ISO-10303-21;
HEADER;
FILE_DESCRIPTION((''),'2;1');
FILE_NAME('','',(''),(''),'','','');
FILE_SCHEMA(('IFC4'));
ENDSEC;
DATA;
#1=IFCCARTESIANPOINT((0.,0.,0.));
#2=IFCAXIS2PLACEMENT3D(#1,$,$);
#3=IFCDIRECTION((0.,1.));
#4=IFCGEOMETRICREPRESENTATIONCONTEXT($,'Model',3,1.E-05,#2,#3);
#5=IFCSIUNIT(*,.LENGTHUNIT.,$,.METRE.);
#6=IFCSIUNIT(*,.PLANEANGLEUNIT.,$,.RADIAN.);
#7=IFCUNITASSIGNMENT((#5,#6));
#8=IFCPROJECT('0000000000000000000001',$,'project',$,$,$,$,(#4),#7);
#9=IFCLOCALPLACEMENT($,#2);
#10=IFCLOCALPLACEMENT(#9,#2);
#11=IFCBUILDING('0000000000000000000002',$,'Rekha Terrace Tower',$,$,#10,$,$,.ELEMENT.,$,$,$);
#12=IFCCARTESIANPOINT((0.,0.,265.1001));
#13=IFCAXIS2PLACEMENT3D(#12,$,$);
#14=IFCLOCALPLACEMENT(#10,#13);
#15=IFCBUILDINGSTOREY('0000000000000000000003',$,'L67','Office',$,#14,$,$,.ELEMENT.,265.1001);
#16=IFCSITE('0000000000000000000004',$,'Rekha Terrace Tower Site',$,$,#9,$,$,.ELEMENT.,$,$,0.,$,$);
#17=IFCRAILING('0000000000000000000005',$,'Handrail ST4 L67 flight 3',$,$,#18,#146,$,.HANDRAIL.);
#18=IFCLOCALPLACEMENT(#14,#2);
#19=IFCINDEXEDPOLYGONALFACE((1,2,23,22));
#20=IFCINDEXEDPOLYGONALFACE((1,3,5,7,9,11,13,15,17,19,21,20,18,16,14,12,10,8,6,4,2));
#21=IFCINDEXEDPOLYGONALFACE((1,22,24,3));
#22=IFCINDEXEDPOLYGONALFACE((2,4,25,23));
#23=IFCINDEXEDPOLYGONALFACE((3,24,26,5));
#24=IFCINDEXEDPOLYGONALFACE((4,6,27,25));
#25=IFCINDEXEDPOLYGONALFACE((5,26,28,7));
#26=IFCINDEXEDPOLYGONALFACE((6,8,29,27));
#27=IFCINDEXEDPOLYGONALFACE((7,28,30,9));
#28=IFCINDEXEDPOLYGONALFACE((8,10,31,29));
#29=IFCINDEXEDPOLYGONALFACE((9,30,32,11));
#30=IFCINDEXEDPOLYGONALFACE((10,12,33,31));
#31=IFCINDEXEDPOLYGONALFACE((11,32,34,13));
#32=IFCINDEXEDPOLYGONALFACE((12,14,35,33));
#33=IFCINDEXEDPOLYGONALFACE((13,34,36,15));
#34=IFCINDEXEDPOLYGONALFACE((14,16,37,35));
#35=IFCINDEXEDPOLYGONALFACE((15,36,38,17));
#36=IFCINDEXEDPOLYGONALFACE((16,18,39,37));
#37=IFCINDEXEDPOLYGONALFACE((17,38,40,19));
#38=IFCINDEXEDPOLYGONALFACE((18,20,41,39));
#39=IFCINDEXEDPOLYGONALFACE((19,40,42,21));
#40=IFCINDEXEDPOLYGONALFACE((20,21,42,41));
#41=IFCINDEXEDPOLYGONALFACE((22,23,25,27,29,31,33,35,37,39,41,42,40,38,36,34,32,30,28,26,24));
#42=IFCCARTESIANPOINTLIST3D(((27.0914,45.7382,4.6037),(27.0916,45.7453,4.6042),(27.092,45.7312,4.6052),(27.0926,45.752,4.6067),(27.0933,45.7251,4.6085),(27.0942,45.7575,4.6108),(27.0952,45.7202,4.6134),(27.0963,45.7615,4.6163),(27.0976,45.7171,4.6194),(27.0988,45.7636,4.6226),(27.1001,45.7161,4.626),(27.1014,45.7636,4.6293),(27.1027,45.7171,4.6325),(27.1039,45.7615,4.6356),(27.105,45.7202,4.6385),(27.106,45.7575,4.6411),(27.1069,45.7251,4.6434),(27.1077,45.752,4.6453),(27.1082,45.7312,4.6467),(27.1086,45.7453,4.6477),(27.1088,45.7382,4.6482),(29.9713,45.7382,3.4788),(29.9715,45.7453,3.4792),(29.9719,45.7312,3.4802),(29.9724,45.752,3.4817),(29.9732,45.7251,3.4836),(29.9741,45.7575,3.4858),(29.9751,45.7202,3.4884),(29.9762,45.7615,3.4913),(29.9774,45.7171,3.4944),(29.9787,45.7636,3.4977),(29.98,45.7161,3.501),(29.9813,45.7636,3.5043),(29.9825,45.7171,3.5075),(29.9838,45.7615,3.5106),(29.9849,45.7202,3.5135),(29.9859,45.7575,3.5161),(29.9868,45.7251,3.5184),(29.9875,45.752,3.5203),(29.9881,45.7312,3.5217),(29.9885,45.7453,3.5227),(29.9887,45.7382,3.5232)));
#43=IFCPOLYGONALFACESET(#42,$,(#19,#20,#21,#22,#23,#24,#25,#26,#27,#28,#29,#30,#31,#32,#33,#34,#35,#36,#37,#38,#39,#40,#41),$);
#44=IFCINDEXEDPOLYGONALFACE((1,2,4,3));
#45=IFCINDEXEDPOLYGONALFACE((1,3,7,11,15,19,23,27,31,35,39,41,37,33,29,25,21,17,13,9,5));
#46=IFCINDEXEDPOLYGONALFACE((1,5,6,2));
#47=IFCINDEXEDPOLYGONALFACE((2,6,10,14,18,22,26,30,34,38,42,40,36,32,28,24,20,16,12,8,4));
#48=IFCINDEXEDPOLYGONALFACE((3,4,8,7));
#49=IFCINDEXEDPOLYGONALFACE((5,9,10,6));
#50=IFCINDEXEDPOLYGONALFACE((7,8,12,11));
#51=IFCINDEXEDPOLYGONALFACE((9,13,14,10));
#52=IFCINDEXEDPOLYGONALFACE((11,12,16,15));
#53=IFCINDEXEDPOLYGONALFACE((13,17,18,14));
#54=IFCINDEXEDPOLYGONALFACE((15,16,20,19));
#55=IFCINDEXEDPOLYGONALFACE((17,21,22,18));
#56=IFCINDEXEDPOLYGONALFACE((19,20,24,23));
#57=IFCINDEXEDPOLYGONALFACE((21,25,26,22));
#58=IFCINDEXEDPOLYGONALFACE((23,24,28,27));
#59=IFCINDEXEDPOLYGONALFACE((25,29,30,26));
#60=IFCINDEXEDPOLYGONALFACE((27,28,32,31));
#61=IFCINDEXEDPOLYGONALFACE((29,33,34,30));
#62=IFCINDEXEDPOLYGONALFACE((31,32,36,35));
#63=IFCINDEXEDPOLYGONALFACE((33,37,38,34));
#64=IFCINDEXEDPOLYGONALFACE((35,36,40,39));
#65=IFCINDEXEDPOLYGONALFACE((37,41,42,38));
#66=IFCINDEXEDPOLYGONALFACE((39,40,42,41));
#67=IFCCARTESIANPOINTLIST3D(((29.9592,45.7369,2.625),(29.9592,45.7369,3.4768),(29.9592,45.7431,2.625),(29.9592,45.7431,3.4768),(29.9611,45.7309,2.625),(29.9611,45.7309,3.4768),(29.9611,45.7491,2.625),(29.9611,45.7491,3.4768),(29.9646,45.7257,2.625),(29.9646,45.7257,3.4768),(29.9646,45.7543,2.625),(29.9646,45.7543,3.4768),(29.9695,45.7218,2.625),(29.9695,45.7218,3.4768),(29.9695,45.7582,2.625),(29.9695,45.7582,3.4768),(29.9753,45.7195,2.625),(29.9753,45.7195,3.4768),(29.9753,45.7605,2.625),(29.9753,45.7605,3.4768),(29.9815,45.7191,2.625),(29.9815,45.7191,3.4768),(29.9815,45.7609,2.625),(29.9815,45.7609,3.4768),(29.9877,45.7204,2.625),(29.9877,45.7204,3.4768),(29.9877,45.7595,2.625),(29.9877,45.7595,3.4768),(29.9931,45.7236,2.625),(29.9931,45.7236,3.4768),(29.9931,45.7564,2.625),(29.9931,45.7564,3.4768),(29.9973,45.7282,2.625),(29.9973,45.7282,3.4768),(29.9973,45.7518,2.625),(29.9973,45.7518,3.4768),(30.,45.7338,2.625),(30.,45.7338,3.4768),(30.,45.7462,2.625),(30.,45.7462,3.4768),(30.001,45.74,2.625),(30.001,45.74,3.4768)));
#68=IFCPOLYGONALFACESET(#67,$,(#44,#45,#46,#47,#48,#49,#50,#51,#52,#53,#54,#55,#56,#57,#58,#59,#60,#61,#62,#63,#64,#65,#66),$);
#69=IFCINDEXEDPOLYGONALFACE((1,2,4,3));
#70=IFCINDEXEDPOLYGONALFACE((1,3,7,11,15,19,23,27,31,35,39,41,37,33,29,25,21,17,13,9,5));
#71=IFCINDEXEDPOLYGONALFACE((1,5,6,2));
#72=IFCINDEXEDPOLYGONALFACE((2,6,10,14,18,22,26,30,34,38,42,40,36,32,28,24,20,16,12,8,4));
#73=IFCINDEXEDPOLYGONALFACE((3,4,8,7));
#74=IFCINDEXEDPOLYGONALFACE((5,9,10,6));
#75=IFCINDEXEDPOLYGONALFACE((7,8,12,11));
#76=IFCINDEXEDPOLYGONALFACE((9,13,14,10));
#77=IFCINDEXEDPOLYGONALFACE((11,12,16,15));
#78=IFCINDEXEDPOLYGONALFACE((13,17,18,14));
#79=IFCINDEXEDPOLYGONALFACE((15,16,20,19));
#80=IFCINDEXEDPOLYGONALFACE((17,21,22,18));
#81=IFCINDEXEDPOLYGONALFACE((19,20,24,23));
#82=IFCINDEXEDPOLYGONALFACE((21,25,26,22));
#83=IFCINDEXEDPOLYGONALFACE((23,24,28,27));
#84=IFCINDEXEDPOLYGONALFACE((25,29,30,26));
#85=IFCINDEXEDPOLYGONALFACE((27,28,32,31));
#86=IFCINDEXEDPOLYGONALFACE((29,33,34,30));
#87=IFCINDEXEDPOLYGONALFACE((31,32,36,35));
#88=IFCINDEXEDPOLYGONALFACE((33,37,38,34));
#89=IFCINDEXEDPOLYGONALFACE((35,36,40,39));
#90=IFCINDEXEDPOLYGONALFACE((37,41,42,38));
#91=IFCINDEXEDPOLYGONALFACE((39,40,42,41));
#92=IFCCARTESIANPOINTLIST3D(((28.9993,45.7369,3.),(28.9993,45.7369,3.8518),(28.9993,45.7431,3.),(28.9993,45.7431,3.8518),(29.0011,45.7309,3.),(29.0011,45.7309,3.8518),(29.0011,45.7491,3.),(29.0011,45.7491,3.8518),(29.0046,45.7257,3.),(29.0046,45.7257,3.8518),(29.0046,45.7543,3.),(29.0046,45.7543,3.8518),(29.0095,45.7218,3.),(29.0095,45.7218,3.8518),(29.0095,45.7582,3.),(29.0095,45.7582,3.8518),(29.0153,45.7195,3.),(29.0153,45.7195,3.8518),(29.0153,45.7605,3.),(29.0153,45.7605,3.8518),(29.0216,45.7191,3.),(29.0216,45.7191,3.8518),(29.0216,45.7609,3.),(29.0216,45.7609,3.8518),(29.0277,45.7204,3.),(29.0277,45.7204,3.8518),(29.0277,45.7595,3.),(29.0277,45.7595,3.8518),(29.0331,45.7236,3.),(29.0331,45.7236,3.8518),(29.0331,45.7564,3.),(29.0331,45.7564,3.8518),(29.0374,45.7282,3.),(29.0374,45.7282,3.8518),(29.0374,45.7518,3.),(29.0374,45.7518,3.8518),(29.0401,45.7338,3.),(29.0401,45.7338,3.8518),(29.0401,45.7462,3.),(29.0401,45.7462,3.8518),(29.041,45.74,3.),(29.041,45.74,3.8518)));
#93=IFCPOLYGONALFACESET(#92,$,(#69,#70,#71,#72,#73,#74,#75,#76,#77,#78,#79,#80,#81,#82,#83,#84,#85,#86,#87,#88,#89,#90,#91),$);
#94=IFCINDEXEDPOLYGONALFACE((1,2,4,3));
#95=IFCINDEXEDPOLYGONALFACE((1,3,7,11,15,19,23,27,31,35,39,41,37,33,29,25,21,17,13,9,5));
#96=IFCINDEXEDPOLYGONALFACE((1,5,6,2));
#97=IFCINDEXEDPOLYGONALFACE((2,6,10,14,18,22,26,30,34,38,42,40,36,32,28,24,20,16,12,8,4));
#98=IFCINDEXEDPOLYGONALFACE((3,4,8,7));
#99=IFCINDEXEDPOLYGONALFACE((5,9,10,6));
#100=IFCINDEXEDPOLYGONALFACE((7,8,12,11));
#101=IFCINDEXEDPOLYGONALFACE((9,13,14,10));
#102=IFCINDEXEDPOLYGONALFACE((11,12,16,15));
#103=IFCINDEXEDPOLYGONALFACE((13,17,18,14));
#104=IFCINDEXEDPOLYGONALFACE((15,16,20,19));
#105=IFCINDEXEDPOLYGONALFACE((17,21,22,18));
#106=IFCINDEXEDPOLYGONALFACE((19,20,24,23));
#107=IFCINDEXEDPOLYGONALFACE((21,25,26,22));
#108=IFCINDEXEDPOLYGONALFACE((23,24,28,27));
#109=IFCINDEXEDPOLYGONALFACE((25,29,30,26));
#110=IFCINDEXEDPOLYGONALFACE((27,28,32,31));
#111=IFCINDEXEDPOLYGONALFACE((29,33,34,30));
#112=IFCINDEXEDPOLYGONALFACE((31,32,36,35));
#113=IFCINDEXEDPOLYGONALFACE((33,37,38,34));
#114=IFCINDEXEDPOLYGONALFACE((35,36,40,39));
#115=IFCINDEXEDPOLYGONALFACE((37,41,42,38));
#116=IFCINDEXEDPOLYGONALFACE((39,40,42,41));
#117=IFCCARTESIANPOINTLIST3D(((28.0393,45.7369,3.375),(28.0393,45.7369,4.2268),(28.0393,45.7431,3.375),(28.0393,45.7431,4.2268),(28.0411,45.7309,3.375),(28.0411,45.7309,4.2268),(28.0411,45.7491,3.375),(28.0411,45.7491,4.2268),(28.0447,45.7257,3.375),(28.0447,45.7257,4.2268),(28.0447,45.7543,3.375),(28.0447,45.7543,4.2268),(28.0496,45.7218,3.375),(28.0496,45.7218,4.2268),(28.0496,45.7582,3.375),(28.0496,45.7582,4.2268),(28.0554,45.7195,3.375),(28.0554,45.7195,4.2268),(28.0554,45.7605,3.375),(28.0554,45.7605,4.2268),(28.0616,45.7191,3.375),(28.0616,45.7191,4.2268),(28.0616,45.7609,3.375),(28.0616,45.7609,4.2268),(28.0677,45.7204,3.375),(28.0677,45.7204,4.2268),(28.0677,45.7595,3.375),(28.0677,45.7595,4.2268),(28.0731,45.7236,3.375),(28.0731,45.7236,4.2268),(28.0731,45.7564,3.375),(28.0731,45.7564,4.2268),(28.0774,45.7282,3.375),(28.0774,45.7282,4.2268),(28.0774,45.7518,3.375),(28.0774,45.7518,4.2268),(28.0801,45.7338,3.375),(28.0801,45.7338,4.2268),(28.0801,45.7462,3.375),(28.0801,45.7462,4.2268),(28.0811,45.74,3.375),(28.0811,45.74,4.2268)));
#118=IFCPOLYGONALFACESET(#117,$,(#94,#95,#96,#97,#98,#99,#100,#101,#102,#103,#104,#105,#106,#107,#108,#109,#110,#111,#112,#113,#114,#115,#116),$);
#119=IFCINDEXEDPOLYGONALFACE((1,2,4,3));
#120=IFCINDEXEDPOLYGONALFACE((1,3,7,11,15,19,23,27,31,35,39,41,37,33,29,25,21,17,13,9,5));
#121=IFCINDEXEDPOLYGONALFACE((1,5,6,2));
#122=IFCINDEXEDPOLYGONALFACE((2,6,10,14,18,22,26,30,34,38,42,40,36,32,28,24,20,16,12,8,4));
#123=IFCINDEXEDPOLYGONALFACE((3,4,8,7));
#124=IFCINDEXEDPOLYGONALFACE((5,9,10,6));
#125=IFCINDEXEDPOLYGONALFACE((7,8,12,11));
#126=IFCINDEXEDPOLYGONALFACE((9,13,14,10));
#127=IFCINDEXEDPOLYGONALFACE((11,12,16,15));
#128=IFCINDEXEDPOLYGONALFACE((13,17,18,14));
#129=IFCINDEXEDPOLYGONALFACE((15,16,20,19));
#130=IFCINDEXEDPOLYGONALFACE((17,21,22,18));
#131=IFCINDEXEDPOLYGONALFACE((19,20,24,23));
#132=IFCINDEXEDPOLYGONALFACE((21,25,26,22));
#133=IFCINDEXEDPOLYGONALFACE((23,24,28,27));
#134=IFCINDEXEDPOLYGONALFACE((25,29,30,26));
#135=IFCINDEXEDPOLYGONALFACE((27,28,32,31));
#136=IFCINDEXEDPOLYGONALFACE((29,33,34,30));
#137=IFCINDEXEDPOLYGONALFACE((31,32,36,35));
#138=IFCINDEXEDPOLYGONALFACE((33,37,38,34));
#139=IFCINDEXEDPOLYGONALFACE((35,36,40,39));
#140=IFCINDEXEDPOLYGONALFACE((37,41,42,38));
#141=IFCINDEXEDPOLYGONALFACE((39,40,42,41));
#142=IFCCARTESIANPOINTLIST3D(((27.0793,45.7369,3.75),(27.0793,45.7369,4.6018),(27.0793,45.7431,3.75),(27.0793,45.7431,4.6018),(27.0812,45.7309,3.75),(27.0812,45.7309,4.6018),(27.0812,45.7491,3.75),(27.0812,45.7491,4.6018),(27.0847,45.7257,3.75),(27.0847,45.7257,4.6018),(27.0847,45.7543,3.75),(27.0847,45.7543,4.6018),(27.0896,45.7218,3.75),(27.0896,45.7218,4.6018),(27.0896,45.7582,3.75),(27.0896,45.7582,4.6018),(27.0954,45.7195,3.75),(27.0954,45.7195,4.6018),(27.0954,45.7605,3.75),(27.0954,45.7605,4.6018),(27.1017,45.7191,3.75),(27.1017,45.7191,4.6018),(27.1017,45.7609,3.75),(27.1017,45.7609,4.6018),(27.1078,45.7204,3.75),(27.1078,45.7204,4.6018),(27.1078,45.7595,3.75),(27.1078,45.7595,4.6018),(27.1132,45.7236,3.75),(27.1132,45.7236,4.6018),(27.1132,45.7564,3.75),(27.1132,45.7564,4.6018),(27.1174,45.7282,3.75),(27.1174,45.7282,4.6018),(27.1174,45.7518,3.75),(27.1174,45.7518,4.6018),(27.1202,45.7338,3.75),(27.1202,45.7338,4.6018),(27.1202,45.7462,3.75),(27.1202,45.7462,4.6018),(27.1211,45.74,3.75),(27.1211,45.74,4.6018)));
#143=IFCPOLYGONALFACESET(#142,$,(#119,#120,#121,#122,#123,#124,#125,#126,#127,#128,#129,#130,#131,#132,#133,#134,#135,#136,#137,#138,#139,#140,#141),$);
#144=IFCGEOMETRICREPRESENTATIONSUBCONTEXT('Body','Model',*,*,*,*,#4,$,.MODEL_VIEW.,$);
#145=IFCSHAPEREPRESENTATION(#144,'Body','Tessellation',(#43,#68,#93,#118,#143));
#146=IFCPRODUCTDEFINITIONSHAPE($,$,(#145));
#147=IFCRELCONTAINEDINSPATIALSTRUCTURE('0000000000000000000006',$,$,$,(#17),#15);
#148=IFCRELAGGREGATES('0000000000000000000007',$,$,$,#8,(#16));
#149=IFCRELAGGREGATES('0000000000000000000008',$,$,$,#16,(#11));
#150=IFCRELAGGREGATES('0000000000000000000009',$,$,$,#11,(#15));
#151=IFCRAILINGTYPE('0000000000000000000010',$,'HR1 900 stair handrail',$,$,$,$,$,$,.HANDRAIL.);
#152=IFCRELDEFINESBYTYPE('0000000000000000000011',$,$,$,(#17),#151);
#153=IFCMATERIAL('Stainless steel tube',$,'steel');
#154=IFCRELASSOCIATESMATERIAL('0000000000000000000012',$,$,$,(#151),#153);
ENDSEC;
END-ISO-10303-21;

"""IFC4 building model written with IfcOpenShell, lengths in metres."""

from ifc_helpers import new_model, si_unit, direction, frame, origin, origin_2d, place, context, subcontext, project, spatial, circle, extrude, material, type_object, element, save


model = new_model("IFC4")

# Units and contexts
model_context = context("Model", 3, precision=1e-05, world=origin(), true_north=direction((0.0, 1.0)))
body_context = subcontext(model_context, "Body", "Model", "MODEL_VIEW")
ifc_project = project(units=[si_unit("LENGTHUNIT", "METRE"), si_unit("PLANEANGLEUNIT", "RADIAN")], contexts=[model_context])

# Site, building, storey
site_placement = place(None, origin())
site = spatial("IfcSite", under=ifc_project, at=site_placement, Name="Rekha Terrace Tower Site", CompositionType="ELEMENT", RefElevation=0.0)
building_placement = place(site_placement, origin())
building = spatial("IfcBuilding", under=site, at=building_placement, Name="Rekha Terrace Tower", CompositionType="ELEMENT")
storey_placement = place(building_placement, frame((0.0, 0.0, 265.1001)))
storey = spatial("IfcBuildingStorey", under=building, at=storey_placement, Name="L67", Description="Office", CompositionType="ELEMENT", Elevation=265.1001)

# Railing
ifc_material_1 = material(Name="Stainless steel tube", Category="steel")
railing_type_1 = type_object("IfcRailingType", Name="HR1 900 stair handrail", PredefinedType="HANDRAIL", material=ifc_material_1)
railing_1_placement = place(storey_placement, frame((29.98, 45.74, 2.625)))
element("IfcRailing", 1, at=railing_1_placement, inside=storey, type_object=railing_type_1, Name="Handrail ST4 L67 flight 3", PredefinedType="HANDRAIL", context=body_context, shape_type="SweptSolid", body=[
    extrude(circle(Radius=0.0239, at=origin_2d()), frame((0.0, 0.0, 0.876), z_axis=(-0.931452, 0.0, 0.363863), x_axis=(0.0, -1.0, 0.0)), (0.0, 0.0, 1.0), 3.0918),
    extrude(circle(Radius=0.021, at=origin_2d()), origin(), (0.0, 0.0, 1.0), 0.8518),
    extrude(circle(Radius=0.021, at=origin_2d()), frame((-0.96, 0.0, 0.375)), (0.0, 0.0, 1.0), 0.8518),
    extrude(circle(Radius=0.021, at=origin_2d()), frame((-1.9199, 0.0, 0.75)), (0.0, 0.0, 1.0), 0.8518),
    extrude(circle(Radius=0.021, at=origin_2d()), frame((-2.8799, 0.0, 1.125)), (0.0, 0.0, 1.0), 0.8518),
])

save(model, "model.ifc")
